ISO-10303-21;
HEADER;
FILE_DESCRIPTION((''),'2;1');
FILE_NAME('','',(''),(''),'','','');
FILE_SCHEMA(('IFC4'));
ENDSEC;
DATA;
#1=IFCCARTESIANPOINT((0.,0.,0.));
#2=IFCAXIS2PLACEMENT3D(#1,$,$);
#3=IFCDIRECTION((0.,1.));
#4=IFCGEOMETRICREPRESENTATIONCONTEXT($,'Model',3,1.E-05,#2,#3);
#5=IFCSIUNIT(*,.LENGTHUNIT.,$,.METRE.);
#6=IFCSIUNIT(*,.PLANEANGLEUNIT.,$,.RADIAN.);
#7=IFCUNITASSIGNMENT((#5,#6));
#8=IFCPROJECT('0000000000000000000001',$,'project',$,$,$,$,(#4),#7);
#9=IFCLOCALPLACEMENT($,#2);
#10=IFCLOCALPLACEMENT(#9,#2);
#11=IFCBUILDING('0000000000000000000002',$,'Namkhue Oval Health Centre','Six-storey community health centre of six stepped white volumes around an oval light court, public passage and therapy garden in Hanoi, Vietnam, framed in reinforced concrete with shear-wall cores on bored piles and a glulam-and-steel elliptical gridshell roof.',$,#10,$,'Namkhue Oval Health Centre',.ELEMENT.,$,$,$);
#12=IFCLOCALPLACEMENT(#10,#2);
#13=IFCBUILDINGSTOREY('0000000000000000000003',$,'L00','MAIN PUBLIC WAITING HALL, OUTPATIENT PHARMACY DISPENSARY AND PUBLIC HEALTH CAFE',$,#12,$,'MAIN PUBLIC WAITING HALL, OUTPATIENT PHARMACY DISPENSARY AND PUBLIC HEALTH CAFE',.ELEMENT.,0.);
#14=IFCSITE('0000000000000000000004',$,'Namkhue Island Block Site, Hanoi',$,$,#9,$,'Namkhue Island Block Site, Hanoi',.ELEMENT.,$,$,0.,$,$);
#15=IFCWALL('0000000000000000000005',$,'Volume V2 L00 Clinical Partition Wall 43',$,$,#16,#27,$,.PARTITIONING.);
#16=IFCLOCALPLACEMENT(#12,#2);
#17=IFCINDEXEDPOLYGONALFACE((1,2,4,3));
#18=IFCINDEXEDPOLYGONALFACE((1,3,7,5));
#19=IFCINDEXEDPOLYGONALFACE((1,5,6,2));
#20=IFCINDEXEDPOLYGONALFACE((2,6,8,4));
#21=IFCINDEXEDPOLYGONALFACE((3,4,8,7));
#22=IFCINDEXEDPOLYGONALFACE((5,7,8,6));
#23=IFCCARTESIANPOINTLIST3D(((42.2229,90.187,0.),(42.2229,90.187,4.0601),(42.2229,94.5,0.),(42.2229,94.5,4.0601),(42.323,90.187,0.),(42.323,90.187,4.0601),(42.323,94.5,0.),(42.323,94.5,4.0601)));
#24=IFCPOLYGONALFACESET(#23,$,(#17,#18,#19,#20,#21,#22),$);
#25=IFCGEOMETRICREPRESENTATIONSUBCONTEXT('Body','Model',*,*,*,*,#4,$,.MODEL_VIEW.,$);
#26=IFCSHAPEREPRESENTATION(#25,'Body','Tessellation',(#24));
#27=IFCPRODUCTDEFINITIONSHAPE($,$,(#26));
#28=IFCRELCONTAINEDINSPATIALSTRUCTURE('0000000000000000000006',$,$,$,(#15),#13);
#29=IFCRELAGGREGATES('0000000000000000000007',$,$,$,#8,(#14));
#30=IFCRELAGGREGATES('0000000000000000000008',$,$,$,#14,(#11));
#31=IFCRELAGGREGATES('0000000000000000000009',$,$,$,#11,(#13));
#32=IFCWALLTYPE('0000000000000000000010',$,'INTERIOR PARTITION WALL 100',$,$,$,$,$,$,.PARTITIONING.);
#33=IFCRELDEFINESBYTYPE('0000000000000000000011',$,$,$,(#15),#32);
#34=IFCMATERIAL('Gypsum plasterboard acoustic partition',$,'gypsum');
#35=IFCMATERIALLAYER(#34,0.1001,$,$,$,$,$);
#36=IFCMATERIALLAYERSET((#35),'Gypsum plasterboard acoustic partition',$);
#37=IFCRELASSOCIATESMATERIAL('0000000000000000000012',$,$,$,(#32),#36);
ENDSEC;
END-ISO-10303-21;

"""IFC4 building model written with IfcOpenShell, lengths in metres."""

from ifc_helpers import new_model, si_unit, direction, frame, frame_2d, origin, place, context, subcontext, project, spatial, rectangle, extrude, material, layer, layer_set, type_object, element, save


model = new_model("IFC4")

# Units and contexts
model_context = context("Model", 3, precision=1e-05, world=origin(), true_north=direction((0.0, 1.0)))
body_context = subcontext(model_context, "Body", "Model", "MODEL_VIEW")
ifc_project = project(units=[si_unit("LENGTHUNIT", "METRE"), si_unit("PLANEANGLEUNIT", "RADIAN")], contexts=[model_context])

# Site, building, storey
site_placement = place(None, origin())
site = spatial("IfcSite", under=ifc_project, at=site_placement, Name="Namkhue Island Block Site, Hanoi", LongName="Namkhue Island Block Site, Hanoi", CompositionType="ELEMENT", RefElevation=0.0)
building_placement = place(site_placement, origin())
building = spatial("IfcBuilding", under=site, at=building_placement, Name="Namkhue Oval Health Centre", Description="Six-storey community health centre of six stepped white volumes around an oval light court, public passage and therapy garden in Hanoi, Vietnam, framed in reinforced concrete with shear-wall cores on bored piles and a glulam-and-steel elliptical gridshell roof.", LongName="Namkhue Oval Health Centre", CompositionType="ELEMENT")
storey_placement = place(building_placement, origin())
storey = spatial("IfcBuildingStorey", under=building, at=storey_placement, Name="L00", Description="MAIN PUBLIC WAITING HALL, OUTPATIENT PHARMACY DISPENSARY AND PUBLIC HEALTH CAFE", LongName="MAIN PUBLIC WAITING HALL, OUTPATIENT PHARMACY DISPENSARY AND PUBLIC HEALTH CAFE", CompositionType="ELEMENT", Elevation=0.0)

# Wall
ifc_material_1 = material(Name="Gypsum plasterboard acoustic partition", Category="gypsum")
ifc_layer_1 = layer(ifc_material_1, 0.1001)
ifc_layer_set_1 = layer_set([ifc_layer_1], Name="Gypsum plasterboard acoustic partition")
wall_type = type_object("IfcWallType", Name="INTERIOR PARTITION WALL 100", PredefinedType="PARTITIONING", material=ifc_layer_set_1)
wall_placement = place(storey_placement, frame((42.2729, 90.187, 0.0), z_axis=(0.0, 0.0, 1.0), x_axis=(0.0, 1.0, 0.0)))
element("IfcWall", 1, at=wall_placement, inside=storey, type_object=wall_type, Name="Volume V2 L00 Clinical Partition Wall 43", PredefinedType="PARTITIONING", context=body_context, shape_type="SweptSolid", body=[
    extrude(rectangle(XDim=4.313, YDim=0.1001, at=frame_2d((2.1565, 0.0))), origin(), (0.0, 0.0, 1.0), 4.0601),
])

save(model, "model.ifc")
